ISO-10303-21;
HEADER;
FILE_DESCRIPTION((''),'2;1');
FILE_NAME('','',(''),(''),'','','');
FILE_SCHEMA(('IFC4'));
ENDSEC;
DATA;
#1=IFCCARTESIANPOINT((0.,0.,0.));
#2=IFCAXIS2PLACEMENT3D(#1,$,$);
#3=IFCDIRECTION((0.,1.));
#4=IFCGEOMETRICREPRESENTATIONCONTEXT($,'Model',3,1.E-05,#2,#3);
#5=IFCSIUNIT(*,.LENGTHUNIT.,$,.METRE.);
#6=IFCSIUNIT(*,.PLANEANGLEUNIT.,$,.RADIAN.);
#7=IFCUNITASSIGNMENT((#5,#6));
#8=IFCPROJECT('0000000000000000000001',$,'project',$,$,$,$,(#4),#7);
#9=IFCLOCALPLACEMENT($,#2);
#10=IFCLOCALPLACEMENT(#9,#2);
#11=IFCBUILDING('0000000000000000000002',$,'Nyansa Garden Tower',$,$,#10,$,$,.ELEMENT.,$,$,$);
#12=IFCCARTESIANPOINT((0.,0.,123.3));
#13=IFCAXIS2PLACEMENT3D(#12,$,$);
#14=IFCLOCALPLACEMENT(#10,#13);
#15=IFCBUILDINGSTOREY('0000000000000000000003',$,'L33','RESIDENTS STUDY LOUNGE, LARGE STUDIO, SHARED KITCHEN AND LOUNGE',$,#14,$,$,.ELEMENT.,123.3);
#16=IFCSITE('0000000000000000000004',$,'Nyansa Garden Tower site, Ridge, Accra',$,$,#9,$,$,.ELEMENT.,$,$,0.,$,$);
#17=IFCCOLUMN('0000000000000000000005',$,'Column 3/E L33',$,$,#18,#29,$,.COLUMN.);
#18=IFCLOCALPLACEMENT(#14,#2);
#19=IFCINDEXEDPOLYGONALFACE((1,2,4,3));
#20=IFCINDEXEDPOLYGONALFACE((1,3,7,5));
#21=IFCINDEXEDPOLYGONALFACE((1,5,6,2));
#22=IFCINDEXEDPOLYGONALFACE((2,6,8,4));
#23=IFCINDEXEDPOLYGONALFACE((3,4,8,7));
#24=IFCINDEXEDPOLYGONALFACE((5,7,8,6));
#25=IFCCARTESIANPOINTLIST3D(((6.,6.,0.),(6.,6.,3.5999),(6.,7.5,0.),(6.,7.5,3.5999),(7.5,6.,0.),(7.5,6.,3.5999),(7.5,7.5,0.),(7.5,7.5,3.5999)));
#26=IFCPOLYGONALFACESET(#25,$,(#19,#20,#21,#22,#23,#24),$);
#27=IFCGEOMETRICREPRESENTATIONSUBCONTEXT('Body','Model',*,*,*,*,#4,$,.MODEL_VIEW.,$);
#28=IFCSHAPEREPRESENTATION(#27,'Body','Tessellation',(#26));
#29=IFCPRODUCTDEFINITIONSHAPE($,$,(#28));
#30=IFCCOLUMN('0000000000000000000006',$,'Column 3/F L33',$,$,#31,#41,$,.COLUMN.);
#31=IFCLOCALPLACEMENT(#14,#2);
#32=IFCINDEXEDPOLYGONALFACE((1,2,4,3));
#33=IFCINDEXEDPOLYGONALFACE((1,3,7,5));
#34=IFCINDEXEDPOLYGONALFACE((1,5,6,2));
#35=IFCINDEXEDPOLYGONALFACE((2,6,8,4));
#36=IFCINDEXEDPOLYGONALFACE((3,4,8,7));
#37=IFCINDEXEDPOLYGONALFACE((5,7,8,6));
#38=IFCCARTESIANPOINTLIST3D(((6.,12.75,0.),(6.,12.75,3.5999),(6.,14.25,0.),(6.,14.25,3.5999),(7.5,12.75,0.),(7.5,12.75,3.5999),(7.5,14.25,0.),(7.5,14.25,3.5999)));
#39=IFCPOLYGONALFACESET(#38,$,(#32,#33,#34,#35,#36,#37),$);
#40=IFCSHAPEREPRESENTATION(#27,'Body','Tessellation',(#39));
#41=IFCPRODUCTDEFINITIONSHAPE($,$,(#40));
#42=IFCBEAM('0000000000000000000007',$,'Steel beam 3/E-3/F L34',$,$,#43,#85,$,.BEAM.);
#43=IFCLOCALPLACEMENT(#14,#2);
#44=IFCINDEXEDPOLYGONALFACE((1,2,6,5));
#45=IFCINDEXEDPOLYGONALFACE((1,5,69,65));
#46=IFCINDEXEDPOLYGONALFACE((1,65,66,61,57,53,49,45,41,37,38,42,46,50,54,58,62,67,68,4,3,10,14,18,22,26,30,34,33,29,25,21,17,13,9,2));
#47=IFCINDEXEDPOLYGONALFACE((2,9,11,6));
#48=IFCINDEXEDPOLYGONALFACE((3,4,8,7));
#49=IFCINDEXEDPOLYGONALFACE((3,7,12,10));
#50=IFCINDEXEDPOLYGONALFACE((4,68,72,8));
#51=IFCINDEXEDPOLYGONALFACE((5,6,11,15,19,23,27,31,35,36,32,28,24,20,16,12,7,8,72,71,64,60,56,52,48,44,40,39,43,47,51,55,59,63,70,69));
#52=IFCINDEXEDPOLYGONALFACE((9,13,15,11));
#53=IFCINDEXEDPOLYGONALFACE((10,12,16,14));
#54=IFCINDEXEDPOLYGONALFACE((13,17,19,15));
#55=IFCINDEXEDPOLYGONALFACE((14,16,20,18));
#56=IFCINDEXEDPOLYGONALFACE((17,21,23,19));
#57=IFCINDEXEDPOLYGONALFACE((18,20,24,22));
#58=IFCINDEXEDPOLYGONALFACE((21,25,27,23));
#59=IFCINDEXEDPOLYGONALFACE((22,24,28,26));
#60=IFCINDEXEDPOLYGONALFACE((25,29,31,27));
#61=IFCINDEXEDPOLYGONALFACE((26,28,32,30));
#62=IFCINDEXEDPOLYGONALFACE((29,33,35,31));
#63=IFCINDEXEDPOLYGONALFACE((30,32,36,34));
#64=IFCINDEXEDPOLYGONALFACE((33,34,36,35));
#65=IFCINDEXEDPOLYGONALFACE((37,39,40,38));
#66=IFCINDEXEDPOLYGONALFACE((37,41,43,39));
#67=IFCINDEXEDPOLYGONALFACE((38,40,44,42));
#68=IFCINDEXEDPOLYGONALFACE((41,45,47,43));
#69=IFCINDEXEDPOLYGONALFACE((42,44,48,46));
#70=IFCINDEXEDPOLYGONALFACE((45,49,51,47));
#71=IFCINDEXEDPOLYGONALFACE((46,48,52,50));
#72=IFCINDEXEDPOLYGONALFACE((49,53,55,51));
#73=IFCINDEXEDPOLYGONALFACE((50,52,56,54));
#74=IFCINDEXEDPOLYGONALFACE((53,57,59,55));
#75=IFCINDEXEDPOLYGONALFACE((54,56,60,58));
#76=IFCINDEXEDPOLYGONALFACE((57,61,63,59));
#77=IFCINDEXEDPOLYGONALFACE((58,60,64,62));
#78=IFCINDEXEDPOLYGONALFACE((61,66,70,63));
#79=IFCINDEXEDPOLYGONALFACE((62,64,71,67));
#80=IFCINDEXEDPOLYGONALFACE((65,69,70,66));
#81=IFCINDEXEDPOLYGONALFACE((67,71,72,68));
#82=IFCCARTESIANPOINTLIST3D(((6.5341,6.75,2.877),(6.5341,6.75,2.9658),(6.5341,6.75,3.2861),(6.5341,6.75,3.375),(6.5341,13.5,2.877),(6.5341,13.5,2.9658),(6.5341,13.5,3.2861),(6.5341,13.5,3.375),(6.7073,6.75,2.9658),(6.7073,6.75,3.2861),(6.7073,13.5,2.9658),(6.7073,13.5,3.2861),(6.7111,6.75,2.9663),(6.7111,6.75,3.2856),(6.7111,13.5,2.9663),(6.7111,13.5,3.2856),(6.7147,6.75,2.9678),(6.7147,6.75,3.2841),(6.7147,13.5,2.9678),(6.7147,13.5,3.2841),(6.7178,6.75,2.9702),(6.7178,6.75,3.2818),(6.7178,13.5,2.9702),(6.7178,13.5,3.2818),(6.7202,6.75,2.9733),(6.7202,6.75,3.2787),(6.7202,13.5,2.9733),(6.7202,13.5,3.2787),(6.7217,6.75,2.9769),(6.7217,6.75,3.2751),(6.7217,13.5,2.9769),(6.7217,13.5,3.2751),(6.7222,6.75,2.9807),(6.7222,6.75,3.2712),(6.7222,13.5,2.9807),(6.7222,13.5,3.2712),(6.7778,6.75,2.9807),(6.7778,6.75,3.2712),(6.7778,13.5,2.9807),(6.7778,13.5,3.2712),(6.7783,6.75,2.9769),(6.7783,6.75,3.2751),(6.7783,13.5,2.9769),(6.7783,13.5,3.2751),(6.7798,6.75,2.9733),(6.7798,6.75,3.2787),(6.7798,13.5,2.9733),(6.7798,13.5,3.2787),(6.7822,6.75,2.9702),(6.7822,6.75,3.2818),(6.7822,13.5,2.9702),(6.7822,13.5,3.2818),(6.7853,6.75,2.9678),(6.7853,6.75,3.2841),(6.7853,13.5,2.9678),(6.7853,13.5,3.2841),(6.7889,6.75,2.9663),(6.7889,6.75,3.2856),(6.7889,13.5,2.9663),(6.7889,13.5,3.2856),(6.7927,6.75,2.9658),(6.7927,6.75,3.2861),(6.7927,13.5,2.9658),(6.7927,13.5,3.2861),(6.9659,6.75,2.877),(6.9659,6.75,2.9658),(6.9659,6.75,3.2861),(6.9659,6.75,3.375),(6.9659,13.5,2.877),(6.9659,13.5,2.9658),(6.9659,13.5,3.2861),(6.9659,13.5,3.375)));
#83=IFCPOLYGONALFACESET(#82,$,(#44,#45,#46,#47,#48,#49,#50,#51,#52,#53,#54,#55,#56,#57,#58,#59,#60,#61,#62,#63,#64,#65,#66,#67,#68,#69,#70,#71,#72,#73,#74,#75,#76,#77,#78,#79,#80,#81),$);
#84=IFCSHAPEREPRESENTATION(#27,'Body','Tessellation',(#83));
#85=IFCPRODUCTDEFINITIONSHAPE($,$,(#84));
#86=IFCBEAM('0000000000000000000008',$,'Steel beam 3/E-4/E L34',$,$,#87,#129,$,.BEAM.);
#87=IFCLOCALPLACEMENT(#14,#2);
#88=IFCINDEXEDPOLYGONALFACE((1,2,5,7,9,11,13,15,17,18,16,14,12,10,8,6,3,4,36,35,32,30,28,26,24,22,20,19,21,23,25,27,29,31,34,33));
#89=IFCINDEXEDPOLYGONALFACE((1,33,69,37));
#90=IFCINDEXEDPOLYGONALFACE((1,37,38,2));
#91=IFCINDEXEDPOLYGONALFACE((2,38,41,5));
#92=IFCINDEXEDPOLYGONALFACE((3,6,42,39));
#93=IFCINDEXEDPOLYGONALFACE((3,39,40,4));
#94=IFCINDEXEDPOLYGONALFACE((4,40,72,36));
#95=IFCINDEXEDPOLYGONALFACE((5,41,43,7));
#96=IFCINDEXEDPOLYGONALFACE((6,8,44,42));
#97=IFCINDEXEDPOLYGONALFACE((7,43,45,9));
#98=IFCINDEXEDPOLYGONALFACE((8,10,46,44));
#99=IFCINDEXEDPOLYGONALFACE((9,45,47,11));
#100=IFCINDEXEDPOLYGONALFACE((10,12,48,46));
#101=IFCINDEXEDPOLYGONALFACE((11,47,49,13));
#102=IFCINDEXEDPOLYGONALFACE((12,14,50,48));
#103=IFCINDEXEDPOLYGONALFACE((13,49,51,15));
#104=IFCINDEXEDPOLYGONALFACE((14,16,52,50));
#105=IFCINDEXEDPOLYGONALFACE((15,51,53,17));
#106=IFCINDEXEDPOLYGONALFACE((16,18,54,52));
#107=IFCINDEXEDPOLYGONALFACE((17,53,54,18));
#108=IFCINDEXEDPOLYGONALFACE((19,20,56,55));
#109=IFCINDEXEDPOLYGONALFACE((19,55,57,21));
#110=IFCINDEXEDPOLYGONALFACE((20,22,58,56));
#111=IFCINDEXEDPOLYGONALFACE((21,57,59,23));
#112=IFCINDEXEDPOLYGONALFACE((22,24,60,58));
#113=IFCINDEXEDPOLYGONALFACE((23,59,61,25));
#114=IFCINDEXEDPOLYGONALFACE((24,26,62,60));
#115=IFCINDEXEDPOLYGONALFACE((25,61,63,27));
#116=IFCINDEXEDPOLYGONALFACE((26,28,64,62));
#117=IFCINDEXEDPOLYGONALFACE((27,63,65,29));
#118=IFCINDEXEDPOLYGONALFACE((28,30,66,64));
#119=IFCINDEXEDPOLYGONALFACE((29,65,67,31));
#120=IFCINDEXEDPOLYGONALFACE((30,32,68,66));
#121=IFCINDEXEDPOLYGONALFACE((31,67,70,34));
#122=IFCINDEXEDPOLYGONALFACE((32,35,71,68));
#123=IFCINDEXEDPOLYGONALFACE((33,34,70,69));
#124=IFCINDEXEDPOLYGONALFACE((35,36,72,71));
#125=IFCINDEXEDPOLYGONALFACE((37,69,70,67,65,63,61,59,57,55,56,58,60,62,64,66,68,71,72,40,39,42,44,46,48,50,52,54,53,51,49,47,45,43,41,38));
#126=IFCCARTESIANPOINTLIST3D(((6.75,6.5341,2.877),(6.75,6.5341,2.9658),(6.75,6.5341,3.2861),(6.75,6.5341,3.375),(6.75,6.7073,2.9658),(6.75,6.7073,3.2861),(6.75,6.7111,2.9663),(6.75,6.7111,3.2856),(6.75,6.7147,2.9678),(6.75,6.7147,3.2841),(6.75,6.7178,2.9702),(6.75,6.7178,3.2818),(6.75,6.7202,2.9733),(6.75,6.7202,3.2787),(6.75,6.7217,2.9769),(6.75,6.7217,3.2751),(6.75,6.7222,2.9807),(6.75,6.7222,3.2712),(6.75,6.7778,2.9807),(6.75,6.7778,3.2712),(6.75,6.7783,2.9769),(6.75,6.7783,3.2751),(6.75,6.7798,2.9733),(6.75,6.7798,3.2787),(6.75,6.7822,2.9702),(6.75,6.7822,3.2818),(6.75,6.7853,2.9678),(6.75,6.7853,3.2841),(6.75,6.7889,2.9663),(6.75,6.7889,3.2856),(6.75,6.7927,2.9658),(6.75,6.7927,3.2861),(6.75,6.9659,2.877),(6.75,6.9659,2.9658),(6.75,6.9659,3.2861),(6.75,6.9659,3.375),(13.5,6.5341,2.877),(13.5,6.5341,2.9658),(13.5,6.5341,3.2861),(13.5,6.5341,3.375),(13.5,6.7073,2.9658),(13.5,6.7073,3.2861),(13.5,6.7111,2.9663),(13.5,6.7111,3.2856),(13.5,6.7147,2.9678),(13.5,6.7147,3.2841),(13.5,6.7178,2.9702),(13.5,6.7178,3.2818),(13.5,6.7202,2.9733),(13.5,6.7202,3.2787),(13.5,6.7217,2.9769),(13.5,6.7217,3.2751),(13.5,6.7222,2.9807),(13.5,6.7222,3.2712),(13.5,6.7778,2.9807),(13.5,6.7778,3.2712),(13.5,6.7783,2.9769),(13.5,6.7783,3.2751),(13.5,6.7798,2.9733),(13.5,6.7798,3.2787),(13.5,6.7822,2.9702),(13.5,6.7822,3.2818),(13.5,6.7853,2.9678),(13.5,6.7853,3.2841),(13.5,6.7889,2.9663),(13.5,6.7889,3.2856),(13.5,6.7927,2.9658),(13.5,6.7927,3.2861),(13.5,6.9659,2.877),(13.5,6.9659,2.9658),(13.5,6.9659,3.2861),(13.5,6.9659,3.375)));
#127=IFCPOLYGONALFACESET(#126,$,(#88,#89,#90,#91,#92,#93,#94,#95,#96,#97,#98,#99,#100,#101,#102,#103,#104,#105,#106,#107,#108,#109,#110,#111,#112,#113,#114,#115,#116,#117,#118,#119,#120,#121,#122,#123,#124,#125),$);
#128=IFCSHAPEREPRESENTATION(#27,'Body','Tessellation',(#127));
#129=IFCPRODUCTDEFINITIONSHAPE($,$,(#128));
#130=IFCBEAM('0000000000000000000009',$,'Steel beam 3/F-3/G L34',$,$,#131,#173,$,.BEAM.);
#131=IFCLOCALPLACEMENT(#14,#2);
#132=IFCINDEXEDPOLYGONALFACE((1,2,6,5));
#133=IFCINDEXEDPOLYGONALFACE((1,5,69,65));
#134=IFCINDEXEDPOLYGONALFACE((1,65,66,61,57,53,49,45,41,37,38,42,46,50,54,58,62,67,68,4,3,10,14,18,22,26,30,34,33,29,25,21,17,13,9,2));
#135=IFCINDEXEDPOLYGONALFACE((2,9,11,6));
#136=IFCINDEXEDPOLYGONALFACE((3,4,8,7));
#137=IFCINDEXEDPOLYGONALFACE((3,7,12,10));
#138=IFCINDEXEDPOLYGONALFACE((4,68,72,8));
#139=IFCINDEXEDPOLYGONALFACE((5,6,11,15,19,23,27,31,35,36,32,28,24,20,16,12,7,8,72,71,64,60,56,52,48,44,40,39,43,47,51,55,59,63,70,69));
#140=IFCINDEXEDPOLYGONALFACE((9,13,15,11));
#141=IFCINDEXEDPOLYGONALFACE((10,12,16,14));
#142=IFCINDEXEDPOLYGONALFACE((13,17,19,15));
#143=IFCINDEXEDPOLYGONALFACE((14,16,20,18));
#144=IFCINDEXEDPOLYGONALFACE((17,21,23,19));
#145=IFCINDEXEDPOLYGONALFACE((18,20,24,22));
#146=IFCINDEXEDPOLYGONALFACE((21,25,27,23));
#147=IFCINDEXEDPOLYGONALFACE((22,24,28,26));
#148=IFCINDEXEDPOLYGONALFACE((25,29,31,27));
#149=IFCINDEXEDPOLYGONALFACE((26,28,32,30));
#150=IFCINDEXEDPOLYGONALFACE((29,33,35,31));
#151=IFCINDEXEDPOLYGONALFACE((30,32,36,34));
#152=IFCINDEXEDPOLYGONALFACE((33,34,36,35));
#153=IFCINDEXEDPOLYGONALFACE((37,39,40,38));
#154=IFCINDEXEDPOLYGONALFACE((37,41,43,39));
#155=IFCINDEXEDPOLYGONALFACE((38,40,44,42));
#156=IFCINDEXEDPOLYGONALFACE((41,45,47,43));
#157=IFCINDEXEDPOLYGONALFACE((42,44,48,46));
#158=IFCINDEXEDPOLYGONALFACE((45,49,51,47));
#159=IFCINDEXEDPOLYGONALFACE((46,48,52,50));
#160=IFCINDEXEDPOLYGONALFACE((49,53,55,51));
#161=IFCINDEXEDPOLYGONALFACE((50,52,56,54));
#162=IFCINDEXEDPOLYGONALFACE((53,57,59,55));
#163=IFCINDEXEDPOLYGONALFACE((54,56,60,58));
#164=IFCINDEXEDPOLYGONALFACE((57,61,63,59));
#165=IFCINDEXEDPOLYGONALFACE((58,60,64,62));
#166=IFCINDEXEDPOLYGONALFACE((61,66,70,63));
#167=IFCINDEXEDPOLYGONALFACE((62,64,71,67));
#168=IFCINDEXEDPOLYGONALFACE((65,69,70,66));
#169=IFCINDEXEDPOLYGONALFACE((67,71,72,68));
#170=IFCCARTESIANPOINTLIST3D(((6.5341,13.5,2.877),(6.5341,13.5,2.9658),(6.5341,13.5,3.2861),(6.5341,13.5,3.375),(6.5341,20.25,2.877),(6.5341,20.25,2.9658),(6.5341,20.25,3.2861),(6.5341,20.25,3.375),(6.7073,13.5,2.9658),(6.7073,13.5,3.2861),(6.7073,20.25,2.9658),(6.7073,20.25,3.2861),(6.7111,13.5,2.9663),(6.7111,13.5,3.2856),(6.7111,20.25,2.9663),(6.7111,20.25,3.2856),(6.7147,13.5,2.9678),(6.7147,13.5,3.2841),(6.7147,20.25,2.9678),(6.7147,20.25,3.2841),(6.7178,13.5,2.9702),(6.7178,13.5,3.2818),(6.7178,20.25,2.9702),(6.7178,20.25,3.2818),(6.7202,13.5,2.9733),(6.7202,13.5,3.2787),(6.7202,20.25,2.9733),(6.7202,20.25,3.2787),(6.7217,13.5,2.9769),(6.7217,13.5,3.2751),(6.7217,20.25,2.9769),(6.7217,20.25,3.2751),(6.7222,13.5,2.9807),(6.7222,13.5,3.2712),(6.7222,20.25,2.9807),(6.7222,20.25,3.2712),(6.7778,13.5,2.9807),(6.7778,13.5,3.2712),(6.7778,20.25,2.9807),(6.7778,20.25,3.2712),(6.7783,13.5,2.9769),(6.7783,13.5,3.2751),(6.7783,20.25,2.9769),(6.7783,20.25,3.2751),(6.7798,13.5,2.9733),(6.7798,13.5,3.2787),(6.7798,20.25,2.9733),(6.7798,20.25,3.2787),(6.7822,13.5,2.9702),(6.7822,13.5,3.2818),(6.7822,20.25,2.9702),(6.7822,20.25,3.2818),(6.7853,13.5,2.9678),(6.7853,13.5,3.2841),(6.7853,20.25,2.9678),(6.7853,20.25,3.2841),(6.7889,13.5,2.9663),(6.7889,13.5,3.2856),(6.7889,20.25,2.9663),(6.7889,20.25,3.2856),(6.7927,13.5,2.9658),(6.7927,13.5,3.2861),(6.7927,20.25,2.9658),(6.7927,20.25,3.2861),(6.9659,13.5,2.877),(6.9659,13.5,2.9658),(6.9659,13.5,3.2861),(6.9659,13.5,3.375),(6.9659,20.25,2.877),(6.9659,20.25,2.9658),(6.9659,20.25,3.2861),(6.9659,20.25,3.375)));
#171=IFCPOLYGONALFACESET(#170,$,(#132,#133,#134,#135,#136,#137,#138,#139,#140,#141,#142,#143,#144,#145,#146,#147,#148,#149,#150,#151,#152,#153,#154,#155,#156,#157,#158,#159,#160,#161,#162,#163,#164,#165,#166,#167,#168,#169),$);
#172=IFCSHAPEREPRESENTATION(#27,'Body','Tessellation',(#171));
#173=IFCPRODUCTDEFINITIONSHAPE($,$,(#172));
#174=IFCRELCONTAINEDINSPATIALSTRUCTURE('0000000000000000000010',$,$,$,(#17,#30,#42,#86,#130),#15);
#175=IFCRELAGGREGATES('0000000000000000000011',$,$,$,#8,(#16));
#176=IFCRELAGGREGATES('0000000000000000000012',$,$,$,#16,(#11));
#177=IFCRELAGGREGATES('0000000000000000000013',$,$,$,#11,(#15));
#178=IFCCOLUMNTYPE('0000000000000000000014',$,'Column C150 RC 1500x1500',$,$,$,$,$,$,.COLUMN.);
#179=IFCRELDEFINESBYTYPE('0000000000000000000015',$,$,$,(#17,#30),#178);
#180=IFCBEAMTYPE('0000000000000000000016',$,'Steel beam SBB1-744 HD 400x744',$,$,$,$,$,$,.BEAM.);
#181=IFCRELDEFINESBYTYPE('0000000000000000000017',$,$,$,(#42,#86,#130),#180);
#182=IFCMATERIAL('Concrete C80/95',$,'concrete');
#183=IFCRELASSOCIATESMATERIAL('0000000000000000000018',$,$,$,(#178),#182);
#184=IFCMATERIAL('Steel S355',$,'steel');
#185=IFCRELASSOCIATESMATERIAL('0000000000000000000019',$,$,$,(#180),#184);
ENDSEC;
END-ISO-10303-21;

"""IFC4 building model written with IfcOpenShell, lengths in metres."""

from ifc_helpers import new_model, si_unit, direction, frame, origin, origin_2d, place, context, subcontext, project, spatial, rectangle, i_section, extrude, material, material_profile, profile_set, type_object, element, save


model = new_model("IFC4")

# Units and contexts
model_context = context("Model", 3, precision=1e-05, world=origin(), true_north=direction((0.0, 1.0)))
body_context = subcontext(model_context, "Body", "Model", "MODEL_VIEW")
ifc_project = project(units=[si_unit("LENGTHUNIT", "METRE"), si_unit("PLANEANGLEUNIT", "RADIAN")], contexts=[model_context])

# Site, building, storey
site_placement = place(None, origin())
site = spatial("IfcSite", under=ifc_project, at=site_placement, Name="Nyansa Garden Tower site, Ridge, Accra", CompositionType="ELEMENT", RefElevation=0.0)
building_placement = place(site_placement, origin())
building = spatial("IfcBuilding", under=site, at=building_placement, Name="Nyansa Garden Tower", CompositionType="ELEMENT")
storey_placement = place(building_placement, frame((0.0, 0.0, 123.3)))
storey = spatial("IfcBuildingStorey", under=building, at=storey_placement, Name="L33", Description="RESIDENTS STUDY LOUNGE, LARGE STUDIO, SHARED KITCHEN AND LOUNGE", CompositionType="ELEMENT", Elevation=123.3)

# Columns
ifc_material_1 = material(Name="Concrete C80/95", Category="concrete")
ifc_material_profile_1 = material_profile(ifc_material_1, rectangle(XDim=1.5, YDim=1.5, at=origin_2d()), Name="RC 1500x1500")
ifc_profile_set_1 = profile_set([ifc_material_profile_1], Name="Concrete C80/95")
column_type = type_object("IfcColumnType", Name="Column C150 RC 1500x1500", PredefinedType="COLUMN", material=ifc_profile_set_1)
for number, where, z_axis, x_axis, name in (
    (1, (6.75, 6.75, 0.0), (0.0, 0.0, 1.0), (1.0, 0.0, 0.0), "Column 3/E L33"),
    (2, (6.75, 13.5, 0.0), (0.0, 0.0, 1.0), (1.0, 0.0, 0.0), "Column 3/F L33"),
):
    element("IfcColumn", number, at=place(storey_placement, frame(where, z_axis=z_axis, x_axis=x_axis)), inside=storey, type_object=column_type, Name=name, PredefinedType="COLUMN", context=body_context, shape_type="SweptSolid", body=[
        extrude(rectangle(XDim=1.5, YDim=1.5, at=origin_2d()), origin(), (0.0, 0.0, 1.0), 3.5999),
    ])

# Beams
ifc_material_2 = material(Name="Steel S355", Category="steel")
ifc_material_profile_2 = material_profile(ifc_material_2, i_section(OverallWidth=0.4319, OverallDepth=0.498, WebThickness=0.0557, FlangeThickness=0.0889, FilletRadius=0.0149, at=origin_2d()), Name="HD 400x744")
ifc_profile_set_2 = profile_set([ifc_material_profile_2], Name="Steel S355")
beam_type_1 = type_object("IfcBeamType", Name="Steel beam SBB1-744 HD 400x744", PredefinedType="BEAM", material=ifc_profile_set_2)
for number, where, z_axis, x_axis, name in (
    (3, (6.75, 6.75, 3.126), (0.0, 1.0, 0.0), (-1.0, 0.0, 0.0), "Steel beam 3/E-3/F L34"),
    (4, (6.75, 6.75, 3.126), (1.0, 0.0, 0.0), (0.0, 1.0, 0.0), "Steel beam 3/E-4/E L34"),
    (5, (6.75, 13.5, 3.126), (0.0, 1.0, 0.0), (-1.0, 0.0, 0.0), "Steel beam 3/F-3/G L34"),
):
    element("IfcBeam", number, at=place(storey_placement, frame(where, z_axis=z_axis, x_axis=x_axis)), inside=storey, type_object=beam_type_1, Name=name, PredefinedType="BEAM", context=body_context, shape_type="SweptSolid", body=[
        extrude(i_section(OverallWidth=0.4319, OverallDepth=0.498, WebThickness=0.0557, FlangeThickness=0.0889, FilletRadius=0.0149, at=origin_2d()), origin(), (0.0, 0.0, 1.0), 6.75),
    ])

save(model, "model.ifc")
